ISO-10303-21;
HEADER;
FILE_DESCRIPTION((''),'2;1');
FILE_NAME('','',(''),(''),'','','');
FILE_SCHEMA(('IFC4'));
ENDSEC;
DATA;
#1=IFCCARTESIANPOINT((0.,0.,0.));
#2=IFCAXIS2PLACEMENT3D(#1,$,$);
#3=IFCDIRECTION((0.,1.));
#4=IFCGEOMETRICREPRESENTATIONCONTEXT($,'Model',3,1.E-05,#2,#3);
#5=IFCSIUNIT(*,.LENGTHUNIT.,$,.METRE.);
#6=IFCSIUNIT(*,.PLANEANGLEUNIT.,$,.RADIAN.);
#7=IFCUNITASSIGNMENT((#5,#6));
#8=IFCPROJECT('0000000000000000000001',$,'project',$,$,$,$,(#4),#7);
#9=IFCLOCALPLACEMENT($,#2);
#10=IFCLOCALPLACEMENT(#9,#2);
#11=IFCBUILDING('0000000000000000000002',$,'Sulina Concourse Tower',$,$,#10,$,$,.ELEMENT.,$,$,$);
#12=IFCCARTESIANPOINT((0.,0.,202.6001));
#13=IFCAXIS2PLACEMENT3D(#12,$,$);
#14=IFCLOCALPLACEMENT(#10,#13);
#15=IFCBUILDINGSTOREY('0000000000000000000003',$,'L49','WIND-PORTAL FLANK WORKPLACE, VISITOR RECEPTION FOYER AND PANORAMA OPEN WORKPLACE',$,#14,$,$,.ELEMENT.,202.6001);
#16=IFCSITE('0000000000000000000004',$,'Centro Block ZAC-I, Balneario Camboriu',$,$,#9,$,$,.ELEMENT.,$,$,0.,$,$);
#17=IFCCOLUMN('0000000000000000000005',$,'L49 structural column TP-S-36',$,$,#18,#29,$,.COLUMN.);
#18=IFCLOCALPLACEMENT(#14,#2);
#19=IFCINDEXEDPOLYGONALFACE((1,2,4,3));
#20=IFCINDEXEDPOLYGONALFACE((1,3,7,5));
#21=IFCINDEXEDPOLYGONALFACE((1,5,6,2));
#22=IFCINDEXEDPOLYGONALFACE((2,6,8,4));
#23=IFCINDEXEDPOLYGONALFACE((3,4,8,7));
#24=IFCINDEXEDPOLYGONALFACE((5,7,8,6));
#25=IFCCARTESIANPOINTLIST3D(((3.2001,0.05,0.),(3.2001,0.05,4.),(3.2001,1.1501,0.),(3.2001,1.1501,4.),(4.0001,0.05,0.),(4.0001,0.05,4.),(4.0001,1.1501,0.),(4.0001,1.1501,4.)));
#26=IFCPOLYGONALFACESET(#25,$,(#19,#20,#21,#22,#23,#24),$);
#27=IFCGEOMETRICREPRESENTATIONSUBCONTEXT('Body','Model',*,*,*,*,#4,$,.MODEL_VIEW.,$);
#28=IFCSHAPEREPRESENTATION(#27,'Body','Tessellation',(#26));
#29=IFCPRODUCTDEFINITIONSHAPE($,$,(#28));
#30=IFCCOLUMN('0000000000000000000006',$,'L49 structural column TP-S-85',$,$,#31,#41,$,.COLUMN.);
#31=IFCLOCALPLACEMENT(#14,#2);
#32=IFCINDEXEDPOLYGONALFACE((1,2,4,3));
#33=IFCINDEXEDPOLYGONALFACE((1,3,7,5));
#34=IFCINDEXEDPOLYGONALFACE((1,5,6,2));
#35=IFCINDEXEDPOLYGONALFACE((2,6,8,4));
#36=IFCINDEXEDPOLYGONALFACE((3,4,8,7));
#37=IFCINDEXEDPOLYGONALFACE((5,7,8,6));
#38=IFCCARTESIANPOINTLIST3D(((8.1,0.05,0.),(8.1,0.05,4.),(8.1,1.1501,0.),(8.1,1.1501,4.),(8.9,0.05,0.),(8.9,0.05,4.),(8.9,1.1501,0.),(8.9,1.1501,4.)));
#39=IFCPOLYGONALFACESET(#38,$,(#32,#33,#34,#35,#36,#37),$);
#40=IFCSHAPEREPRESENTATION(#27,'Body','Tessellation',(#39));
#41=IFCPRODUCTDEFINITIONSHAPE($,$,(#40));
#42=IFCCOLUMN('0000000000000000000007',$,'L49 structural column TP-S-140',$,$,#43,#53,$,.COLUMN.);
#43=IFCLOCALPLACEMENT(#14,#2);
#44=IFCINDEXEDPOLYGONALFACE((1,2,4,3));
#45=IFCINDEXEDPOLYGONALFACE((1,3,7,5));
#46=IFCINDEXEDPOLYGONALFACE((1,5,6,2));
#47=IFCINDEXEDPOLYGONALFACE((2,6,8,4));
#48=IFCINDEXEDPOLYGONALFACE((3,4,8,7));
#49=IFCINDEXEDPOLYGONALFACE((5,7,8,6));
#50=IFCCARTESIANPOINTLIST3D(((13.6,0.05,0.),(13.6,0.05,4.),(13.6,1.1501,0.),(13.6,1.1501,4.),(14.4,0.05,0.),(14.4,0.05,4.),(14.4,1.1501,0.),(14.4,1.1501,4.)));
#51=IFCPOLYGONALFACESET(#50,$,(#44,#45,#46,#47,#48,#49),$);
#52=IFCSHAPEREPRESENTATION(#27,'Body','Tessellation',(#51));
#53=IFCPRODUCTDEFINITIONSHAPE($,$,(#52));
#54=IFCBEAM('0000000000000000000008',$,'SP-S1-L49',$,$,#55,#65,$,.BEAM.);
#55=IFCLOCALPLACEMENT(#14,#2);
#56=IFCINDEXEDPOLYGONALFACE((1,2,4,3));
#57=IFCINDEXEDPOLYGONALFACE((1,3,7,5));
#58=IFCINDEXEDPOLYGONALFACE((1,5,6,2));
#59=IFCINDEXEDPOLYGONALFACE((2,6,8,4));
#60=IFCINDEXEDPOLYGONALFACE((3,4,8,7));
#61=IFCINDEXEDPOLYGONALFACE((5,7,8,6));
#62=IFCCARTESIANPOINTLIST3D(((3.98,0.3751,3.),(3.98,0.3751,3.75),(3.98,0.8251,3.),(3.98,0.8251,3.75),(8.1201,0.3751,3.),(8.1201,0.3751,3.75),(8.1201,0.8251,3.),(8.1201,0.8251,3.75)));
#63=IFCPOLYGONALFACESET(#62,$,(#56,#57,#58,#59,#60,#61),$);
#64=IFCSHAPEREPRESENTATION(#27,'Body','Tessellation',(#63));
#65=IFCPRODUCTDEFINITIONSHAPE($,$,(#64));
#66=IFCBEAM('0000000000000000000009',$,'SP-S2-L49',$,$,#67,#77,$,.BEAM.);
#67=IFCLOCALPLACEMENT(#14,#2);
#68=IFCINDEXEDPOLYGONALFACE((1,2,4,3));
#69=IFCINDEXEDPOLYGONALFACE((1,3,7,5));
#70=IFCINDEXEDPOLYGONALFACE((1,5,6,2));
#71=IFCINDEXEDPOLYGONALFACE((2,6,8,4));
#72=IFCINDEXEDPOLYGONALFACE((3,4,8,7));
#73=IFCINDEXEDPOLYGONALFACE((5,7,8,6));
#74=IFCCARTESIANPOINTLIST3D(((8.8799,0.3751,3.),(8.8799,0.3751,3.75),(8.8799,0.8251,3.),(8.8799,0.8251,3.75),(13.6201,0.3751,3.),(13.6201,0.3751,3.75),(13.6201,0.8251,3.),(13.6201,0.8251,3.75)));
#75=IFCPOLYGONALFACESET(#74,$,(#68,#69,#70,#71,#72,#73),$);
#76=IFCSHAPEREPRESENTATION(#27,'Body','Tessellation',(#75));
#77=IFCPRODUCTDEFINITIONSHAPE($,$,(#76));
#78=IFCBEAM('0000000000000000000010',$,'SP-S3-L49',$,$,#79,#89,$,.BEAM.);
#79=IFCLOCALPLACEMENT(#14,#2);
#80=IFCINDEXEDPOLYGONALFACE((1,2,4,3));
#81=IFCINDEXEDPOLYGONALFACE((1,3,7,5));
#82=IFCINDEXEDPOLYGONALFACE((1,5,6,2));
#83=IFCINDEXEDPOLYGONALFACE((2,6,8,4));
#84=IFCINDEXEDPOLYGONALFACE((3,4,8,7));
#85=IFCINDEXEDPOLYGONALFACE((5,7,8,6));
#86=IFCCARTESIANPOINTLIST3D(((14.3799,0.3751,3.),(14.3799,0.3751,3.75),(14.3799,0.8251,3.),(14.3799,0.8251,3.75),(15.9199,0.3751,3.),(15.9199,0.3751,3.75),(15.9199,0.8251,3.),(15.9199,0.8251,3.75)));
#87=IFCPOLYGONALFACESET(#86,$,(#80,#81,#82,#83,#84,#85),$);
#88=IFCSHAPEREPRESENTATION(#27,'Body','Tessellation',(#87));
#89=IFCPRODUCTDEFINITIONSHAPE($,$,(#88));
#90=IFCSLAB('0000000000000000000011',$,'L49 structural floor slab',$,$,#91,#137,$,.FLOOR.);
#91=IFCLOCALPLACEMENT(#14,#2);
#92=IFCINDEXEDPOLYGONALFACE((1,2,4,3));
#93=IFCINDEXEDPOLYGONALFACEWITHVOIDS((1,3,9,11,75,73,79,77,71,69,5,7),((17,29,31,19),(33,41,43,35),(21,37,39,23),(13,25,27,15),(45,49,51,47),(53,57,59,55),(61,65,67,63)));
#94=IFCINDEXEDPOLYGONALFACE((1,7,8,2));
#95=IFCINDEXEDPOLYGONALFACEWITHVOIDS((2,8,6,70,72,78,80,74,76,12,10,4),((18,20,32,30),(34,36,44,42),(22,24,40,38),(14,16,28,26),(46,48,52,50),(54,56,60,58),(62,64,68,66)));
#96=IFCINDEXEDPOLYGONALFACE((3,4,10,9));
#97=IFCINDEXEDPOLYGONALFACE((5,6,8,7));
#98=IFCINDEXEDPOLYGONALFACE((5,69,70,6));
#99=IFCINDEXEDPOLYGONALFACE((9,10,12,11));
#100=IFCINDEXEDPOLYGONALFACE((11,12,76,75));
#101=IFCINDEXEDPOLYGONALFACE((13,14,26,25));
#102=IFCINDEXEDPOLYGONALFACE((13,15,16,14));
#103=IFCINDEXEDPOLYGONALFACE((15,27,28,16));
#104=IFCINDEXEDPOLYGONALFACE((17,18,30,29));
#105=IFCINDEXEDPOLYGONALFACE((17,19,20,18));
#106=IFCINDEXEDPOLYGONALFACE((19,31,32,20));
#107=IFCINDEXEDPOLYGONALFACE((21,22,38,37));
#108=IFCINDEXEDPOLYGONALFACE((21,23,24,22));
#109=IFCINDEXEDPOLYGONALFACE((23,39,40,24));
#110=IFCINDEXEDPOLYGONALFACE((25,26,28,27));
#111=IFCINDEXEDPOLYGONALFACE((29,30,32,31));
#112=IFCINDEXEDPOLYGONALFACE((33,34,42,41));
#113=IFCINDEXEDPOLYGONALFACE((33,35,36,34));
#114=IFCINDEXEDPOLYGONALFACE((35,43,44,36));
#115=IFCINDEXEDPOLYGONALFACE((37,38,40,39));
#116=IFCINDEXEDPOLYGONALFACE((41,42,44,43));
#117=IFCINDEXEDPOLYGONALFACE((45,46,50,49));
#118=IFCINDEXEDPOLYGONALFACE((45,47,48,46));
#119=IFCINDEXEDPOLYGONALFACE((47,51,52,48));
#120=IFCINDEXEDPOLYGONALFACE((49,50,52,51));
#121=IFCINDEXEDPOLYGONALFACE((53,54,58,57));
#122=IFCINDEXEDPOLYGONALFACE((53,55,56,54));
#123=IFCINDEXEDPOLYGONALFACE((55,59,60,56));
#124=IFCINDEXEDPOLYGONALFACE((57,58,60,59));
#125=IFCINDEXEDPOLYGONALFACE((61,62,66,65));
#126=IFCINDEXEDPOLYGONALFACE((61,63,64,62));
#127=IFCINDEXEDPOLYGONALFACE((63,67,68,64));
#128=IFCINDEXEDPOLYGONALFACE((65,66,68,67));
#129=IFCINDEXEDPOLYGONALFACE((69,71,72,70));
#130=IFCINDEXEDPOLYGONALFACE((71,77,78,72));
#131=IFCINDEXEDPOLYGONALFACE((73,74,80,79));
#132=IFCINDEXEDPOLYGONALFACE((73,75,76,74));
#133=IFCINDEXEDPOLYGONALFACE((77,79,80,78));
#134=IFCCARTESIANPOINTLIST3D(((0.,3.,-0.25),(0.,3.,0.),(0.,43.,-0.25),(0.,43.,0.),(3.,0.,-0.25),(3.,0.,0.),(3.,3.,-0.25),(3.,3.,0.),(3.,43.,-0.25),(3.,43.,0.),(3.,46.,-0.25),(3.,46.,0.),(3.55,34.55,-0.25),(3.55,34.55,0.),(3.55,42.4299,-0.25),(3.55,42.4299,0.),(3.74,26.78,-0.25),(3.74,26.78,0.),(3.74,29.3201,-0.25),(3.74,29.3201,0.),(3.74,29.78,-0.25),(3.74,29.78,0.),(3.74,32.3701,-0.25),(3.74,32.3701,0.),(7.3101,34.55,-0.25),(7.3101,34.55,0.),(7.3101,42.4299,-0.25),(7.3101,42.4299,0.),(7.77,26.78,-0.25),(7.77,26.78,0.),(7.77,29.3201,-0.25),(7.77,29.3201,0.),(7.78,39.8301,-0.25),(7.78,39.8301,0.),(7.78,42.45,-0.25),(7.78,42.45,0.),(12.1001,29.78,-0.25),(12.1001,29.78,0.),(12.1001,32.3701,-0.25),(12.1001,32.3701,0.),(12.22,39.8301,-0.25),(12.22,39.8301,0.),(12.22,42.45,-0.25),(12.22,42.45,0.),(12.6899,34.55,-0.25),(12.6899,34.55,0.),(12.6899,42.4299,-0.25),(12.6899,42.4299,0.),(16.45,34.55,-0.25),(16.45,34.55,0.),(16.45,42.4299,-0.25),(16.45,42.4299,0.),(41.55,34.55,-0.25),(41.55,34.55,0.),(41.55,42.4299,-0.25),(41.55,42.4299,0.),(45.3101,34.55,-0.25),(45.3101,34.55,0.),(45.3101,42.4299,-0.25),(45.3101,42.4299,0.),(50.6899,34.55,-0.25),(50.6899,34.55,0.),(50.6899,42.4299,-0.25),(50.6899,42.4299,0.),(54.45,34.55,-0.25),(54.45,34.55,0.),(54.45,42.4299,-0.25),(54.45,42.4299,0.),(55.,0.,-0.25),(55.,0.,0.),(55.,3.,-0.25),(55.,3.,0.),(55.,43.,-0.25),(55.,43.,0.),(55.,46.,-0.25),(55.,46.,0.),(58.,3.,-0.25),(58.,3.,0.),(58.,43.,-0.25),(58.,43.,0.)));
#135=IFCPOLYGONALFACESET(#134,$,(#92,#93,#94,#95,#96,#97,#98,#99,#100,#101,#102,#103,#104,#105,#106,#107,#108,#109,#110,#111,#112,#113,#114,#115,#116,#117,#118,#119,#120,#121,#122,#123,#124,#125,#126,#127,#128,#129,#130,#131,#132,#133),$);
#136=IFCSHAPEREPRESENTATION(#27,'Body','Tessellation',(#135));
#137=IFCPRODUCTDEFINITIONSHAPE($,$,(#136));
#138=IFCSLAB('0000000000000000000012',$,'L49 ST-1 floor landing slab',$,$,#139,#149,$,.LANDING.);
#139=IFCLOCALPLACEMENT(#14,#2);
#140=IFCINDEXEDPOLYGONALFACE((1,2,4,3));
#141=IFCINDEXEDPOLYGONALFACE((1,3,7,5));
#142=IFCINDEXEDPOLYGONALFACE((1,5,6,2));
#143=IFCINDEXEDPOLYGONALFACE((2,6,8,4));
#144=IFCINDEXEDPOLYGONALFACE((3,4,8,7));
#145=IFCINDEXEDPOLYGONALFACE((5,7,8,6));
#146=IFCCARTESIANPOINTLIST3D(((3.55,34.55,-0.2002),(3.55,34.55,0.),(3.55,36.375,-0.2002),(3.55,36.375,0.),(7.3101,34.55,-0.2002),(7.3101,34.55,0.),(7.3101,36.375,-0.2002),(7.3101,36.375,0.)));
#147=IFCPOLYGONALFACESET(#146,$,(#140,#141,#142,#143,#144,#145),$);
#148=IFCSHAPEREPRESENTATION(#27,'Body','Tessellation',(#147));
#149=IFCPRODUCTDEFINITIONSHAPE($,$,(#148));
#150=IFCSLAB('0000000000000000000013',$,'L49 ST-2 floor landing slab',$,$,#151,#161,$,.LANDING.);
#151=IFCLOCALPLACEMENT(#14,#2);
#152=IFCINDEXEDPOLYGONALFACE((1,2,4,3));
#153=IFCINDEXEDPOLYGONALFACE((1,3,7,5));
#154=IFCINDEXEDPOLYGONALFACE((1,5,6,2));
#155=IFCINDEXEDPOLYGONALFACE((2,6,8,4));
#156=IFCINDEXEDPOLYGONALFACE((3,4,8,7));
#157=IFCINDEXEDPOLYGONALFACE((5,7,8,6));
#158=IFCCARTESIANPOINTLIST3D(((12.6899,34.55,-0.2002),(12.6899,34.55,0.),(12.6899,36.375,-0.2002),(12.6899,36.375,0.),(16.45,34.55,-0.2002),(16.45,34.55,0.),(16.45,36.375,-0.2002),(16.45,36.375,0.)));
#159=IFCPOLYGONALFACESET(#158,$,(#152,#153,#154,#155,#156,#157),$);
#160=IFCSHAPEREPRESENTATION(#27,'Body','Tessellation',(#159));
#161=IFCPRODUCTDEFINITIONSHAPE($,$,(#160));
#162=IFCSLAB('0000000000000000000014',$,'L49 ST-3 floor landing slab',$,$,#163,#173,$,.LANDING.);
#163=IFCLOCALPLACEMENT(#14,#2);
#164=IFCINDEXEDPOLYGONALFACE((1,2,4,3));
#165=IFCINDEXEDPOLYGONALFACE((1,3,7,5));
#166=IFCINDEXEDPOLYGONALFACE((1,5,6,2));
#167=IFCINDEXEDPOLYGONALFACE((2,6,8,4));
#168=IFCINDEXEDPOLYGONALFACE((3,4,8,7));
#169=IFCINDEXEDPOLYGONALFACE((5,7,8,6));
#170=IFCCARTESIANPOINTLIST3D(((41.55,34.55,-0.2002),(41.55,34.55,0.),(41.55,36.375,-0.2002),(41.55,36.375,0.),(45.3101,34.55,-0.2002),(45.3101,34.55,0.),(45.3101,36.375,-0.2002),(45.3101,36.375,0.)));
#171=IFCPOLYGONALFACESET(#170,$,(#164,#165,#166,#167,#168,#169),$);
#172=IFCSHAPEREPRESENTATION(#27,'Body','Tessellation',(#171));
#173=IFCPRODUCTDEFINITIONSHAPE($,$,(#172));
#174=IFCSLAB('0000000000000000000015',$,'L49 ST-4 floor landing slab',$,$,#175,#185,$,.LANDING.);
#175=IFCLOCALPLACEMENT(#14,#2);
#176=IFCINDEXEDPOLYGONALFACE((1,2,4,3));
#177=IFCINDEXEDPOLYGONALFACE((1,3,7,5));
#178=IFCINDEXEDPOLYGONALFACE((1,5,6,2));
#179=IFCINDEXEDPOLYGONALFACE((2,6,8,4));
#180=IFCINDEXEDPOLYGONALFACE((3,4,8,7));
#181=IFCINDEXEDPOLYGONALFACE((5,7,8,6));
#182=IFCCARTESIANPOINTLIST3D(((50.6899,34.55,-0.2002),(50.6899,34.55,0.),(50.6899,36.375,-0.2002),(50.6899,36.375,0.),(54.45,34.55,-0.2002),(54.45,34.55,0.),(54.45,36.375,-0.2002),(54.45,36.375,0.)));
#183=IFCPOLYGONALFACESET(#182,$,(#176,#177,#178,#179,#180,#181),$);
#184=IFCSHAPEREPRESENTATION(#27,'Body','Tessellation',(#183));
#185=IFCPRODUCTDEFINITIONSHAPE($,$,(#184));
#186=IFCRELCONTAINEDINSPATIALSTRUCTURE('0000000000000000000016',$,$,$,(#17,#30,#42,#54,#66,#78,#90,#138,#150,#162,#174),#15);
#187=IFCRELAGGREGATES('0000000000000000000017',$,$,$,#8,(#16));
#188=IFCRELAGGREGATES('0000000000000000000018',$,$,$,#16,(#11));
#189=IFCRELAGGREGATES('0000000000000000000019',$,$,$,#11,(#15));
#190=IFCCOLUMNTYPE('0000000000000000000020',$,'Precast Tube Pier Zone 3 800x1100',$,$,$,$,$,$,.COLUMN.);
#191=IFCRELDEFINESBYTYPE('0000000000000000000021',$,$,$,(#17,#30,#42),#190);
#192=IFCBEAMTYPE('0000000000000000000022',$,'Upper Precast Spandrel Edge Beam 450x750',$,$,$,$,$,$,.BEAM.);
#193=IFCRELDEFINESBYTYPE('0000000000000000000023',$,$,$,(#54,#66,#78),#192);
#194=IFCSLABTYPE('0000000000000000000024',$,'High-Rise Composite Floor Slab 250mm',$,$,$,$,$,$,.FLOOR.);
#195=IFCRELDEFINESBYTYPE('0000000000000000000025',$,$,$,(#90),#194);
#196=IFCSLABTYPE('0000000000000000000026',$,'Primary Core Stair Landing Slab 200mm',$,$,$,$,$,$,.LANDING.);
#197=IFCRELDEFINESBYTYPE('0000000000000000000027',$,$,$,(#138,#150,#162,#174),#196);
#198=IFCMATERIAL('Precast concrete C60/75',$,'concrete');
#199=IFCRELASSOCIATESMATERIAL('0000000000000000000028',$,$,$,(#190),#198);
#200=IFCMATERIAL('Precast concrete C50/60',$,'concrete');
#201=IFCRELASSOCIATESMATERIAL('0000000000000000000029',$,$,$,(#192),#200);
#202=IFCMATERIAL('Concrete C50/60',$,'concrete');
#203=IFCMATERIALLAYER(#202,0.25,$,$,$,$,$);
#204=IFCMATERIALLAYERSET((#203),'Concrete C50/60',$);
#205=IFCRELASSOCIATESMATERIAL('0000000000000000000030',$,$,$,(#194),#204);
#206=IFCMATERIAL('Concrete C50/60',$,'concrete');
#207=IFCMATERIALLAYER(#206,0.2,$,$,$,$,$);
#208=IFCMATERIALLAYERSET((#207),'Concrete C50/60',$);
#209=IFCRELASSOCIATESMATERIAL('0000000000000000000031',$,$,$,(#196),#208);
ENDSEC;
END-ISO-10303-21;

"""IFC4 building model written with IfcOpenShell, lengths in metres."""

from ifc_helpers import new_model, si_unit, direction, frame, origin, origin_2d, place, context, subcontext, project, spatial, polyline, rectangle, outline, extrude, material, layer, layer_set, material_profile, profile_set, type_object, element, save


model = new_model("IFC4")

# Units and contexts
model_context = context("Model", 3, precision=1e-05, world=origin(), true_north=direction((0.0, 1.0)))
body_context = subcontext(model_context, "Body", "Model", "MODEL_VIEW")
ifc_project = project(units=[si_unit("LENGTHUNIT", "METRE"), si_unit("PLANEANGLEUNIT", "RADIAN")], contexts=[model_context])

# Site, building, storey
site_placement = place(None, origin())
site = spatial("IfcSite", under=ifc_project, at=site_placement, Name="Centro Block ZAC-I, Balneario Camboriu", CompositionType="ELEMENT", RefElevation=0.0)
building_placement = place(site_placement, origin())
building = spatial("IfcBuilding", under=site, at=building_placement, Name="Sulina Concourse Tower", CompositionType="ELEMENT")
storey_placement = place(building_placement, frame((0.0, 0.0, 202.6001)))
storey = spatial("IfcBuildingStorey", under=building, at=storey_placement, Name="L49", Description="WIND-PORTAL FLANK WORKPLACE, VISITOR RECEPTION FOYER AND PANORAMA OPEN WORKPLACE", CompositionType="ELEMENT", Elevation=202.6001)

# Columns
ifc_material_1 = material(Name="Precast concrete C60/75", Category="concrete")
ifc_material_profile_1 = material_profile(ifc_material_1, rectangle(XDim=0.8, YDim=1.1001, at=origin_2d()), Name="PC 800x1100")
ifc_profile_set_1 = profile_set([ifc_material_profile_1], Name="Precast concrete C60/75")
column_type = type_object("IfcColumnType", Name="Precast Tube Pier Zone 3 800x1100", PredefinedType="COLUMN", material=ifc_profile_set_1)
for number, where, z_axis, x_axis, name in (
    (1, (3.6001, 0.6001, 0.0), (0.0, 0.0, 1.0), (1.0, 0.0, 0.0), "L49 structural column TP-S-36"),
    (2, (8.5, 0.6001, 0.0), (0.0, 0.0, 1.0), (1.0, 0.0, 0.0), "L49 structural column TP-S-85"),
    (3, (14.0, 0.6001, 0.0), (0.0, 0.0, 1.0), (1.0, 0.0, 0.0), "L49 structural column TP-S-140"),
):
    element("IfcColumn", number, at=place(storey_placement, frame(where, z_axis=z_axis, x_axis=x_axis)), inside=storey, type_object=column_type, Name=name, PredefinedType="COLUMN", context=body_context, shape_type="SweptSolid", body=[
        extrude(rectangle(XDim=0.8, YDim=1.1001, at=origin_2d()), origin(), (0.0, 0.0, 1.0), 4.0),
    ])

# Beams
ifc_material_2 = material(Name="Precast concrete C50/60", Category="concrete")
ifc_material_profile_2 = material_profile(ifc_material_2, rectangle(XDim=0.45, YDim=0.75, at=origin_2d()), Name="RC 450x750")
ifc_profile_set_2 = profile_set([ifc_material_profile_2], Name="Precast concrete C50/60")
beam_type = type_object("IfcBeamType", Name="Upper Precast Spandrel Edge Beam 450x750", PredefinedType="BEAM", material=ifc_profile_set_2)
beam_1_placement = place(storey_placement, frame((3.98, 0.6001, 3.375), z_axis=(1.0, 0.0, 0.0), x_axis=(0.0, 1.0, 0.0)))
element("IfcBeam", 4, at=beam_1_placement, inside=storey, type_object=beam_type, Name="SP-S1-L49", PredefinedType="BEAM", context=body_context, shape_type="SweptSolid", body=[
    extrude(rectangle(XDim=0.45, YDim=0.75, at=origin_2d()), origin(), (0.0, 0.0, 1.0), 4.1401),
])
beam_2_placement = place(storey_placement, frame((8.8799, 0.6001, 3.375), z_axis=(1.0, 0.0, 0.0), x_axis=(0.0, 1.0, 0.0)))
element("IfcBeam", 5, at=beam_2_placement, inside=storey, type_object=beam_type, Name="SP-S2-L49", PredefinedType="BEAM", context=body_context, shape_type="SweptSolid", body=[
    extrude(rectangle(XDim=0.45, YDim=0.75, at=origin_2d()), origin(), (0.0, 0.0, 1.0), 4.7402),
])
beam_3_placement = place(storey_placement, frame((14.3799, 0.6001, 3.375), z_axis=(1.0, 0.0, 0.0), x_axis=(0.0, 1.0, 0.0)))
element("IfcBeam", 6, at=beam_3_placement, inside=storey, type_object=beam_type, Name="SP-S3-L49", PredefinedType="BEAM", context=body_context, shape_type="SweptSolid", body=[
    extrude(rectangle(XDim=0.45, YDim=0.75, at=origin_2d()), origin(), (0.0, 0.0, 1.0), 1.54),
])

# Slabs
ifc_material_3 = material(Name="Concrete C50/60", Category="concrete")
ifc_layer_1 = layer(ifc_material_3, 0.25)
ifc_layer_set_1 = layer_set([ifc_layer_1], Name="Concrete C50/60")
slab_type_1 = type_object("IfcSlabType", Name="High-Rise Composite Floor Slab 250mm", PredefinedType="FLOOR", material=ifc_layer_set_1)
slab_1_placement = place(storey_placement, frame((0.0, 0.0, -0.25)))
element("IfcSlab", 7, at=slab_1_placement, inside=storey, type_object=slab_type_1, Name="L49 structural floor slab", PredefinedType="FLOOR", context=body_context, shape_type="SweptSolid", body=[
    extrude(outline(polyline([(3.0, 0.0), (55.0, 0.0), (55.0, 3.0), (58.0, 3.0), (58.0, 43.0), (55.0, 43.0), (55.0, 46.0), (3.0, 46.0), (3.0, 43.0), (0.0, 43.0), (0.0, 3.0), (3.0, 3.0), (3.0, 0.0)]), holes=[polyline([(7.3101, 34.55), (7.3101, 42.4299), (3.55, 42.4299), (3.55, 34.55), (7.3101, 34.55)]), polyline([(16.45, 34.55), (16.45, 42.4299), (12.6899, 42.4299), (12.6899, 34.55), (16.45, 34.55)]), polyline([(45.3101, 34.55), (45.3101, 42.4299), (41.55, 42.4299), (41.55, 34.55), (45.3101, 34.55)]), polyline([(54.45, 34.55), (54.45, 42.4299), (50.6899, 42.4299), (50.6899, 34.55), (54.45, 34.55)]), polyline([(7.78, 39.8301), (12.22, 39.8301), (12.22, 42.45), (7.78, 42.45), (7.78, 39.8301)]), polyline([(3.74, 26.78), (7.77, 26.78), (7.77, 29.3201), (3.74, 29.3201), (3.74, 26.78)]), polyline([(3.74, 29.78), (12.1001, 29.78), (12.1001, 32.3701), (3.74, 32.3701), (3.74, 29.78)])]), origin(), (0.0, 0.0, 1.0), 0.25),
])
ifc_material_4 = material(Name="Concrete C50/60", Category="concrete")
ifc_layer_2 = layer(ifc_material_4, 0.2)
ifc_layer_set_2 = layer_set([ifc_layer_2], Name="Concrete C50/60")
slab_type_2 = type_object("IfcSlabType", Name="Primary Core Stair Landing Slab 200mm", PredefinedType="LANDING", material=ifc_layer_set_2)
slab_2_placement = place(storey_placement, frame((0.0, 0.0, -0.2002)))
element("IfcSlab", 8, at=slab_2_placement, inside=storey, type_object=slab_type_2, Name="L49 ST-1 floor landing slab", PredefinedType="LANDING", context=body_context, shape_type="SweptSolid", body=[
    extrude(outline(polyline([(7.3101, 34.55), (7.3101, 36.375), (3.55, 36.375), (3.55, 34.55), (7.3101, 34.55)])), origin(), (0.0, 0.0, 1.0), 0.2002),
])
slab_3_placement = place(storey_placement, frame((0.0, 0.0, -0.2002)))
element("IfcSlab", 9, at=slab_3_placement, inside=storey, type_object=slab_type_2, Name="L49 ST-2 floor landing slab", PredefinedType="LANDING", context=body_context, shape_type="SweptSolid", body=[
    extrude(outline(polyline([(16.45, 34.55), (16.45, 36.375), (12.6899, 36.375), (12.6899, 34.55), (16.45, 34.55)])), origin(), (0.0, 0.0, 1.0), 0.2002),
])
slab_4_placement = place(storey_placement, frame((0.0, 0.0, -0.2002)))
element("IfcSlab", 10, at=slab_4_placement, inside=storey, type_object=slab_type_2, Name="L49 ST-3 floor landing slab", PredefinedType="LANDING", context=body_context, shape_type="SweptSolid", body=[
    extrude(outline(polyline([(45.3101, 34.55), (45.3101, 36.375), (41.55, 36.375), (41.55, 34.55), (45.3101, 34.55)])), origin(), (0.0, 0.0, 1.0), 0.2002),
])
slab_5_placement = place(storey_placement, frame((0.0, 0.0, -0.2002)))
element("IfcSlab", 11, at=slab_5_placement, inside=storey, type_object=slab_type_2, Name="L49 ST-4 floor landing slab", PredefinedType="LANDING", context=body_context, shape_type="SweptSolid", body=[
    extrude(outline(polyline([(54.45, 34.55), (54.45, 36.375), (50.6899, 36.375), (50.6899, 34.55), (54.45, 34.55)])), origin(), (0.0, 0.0, 1.0), 0.2002),
])

save(model, "model.ifc")
